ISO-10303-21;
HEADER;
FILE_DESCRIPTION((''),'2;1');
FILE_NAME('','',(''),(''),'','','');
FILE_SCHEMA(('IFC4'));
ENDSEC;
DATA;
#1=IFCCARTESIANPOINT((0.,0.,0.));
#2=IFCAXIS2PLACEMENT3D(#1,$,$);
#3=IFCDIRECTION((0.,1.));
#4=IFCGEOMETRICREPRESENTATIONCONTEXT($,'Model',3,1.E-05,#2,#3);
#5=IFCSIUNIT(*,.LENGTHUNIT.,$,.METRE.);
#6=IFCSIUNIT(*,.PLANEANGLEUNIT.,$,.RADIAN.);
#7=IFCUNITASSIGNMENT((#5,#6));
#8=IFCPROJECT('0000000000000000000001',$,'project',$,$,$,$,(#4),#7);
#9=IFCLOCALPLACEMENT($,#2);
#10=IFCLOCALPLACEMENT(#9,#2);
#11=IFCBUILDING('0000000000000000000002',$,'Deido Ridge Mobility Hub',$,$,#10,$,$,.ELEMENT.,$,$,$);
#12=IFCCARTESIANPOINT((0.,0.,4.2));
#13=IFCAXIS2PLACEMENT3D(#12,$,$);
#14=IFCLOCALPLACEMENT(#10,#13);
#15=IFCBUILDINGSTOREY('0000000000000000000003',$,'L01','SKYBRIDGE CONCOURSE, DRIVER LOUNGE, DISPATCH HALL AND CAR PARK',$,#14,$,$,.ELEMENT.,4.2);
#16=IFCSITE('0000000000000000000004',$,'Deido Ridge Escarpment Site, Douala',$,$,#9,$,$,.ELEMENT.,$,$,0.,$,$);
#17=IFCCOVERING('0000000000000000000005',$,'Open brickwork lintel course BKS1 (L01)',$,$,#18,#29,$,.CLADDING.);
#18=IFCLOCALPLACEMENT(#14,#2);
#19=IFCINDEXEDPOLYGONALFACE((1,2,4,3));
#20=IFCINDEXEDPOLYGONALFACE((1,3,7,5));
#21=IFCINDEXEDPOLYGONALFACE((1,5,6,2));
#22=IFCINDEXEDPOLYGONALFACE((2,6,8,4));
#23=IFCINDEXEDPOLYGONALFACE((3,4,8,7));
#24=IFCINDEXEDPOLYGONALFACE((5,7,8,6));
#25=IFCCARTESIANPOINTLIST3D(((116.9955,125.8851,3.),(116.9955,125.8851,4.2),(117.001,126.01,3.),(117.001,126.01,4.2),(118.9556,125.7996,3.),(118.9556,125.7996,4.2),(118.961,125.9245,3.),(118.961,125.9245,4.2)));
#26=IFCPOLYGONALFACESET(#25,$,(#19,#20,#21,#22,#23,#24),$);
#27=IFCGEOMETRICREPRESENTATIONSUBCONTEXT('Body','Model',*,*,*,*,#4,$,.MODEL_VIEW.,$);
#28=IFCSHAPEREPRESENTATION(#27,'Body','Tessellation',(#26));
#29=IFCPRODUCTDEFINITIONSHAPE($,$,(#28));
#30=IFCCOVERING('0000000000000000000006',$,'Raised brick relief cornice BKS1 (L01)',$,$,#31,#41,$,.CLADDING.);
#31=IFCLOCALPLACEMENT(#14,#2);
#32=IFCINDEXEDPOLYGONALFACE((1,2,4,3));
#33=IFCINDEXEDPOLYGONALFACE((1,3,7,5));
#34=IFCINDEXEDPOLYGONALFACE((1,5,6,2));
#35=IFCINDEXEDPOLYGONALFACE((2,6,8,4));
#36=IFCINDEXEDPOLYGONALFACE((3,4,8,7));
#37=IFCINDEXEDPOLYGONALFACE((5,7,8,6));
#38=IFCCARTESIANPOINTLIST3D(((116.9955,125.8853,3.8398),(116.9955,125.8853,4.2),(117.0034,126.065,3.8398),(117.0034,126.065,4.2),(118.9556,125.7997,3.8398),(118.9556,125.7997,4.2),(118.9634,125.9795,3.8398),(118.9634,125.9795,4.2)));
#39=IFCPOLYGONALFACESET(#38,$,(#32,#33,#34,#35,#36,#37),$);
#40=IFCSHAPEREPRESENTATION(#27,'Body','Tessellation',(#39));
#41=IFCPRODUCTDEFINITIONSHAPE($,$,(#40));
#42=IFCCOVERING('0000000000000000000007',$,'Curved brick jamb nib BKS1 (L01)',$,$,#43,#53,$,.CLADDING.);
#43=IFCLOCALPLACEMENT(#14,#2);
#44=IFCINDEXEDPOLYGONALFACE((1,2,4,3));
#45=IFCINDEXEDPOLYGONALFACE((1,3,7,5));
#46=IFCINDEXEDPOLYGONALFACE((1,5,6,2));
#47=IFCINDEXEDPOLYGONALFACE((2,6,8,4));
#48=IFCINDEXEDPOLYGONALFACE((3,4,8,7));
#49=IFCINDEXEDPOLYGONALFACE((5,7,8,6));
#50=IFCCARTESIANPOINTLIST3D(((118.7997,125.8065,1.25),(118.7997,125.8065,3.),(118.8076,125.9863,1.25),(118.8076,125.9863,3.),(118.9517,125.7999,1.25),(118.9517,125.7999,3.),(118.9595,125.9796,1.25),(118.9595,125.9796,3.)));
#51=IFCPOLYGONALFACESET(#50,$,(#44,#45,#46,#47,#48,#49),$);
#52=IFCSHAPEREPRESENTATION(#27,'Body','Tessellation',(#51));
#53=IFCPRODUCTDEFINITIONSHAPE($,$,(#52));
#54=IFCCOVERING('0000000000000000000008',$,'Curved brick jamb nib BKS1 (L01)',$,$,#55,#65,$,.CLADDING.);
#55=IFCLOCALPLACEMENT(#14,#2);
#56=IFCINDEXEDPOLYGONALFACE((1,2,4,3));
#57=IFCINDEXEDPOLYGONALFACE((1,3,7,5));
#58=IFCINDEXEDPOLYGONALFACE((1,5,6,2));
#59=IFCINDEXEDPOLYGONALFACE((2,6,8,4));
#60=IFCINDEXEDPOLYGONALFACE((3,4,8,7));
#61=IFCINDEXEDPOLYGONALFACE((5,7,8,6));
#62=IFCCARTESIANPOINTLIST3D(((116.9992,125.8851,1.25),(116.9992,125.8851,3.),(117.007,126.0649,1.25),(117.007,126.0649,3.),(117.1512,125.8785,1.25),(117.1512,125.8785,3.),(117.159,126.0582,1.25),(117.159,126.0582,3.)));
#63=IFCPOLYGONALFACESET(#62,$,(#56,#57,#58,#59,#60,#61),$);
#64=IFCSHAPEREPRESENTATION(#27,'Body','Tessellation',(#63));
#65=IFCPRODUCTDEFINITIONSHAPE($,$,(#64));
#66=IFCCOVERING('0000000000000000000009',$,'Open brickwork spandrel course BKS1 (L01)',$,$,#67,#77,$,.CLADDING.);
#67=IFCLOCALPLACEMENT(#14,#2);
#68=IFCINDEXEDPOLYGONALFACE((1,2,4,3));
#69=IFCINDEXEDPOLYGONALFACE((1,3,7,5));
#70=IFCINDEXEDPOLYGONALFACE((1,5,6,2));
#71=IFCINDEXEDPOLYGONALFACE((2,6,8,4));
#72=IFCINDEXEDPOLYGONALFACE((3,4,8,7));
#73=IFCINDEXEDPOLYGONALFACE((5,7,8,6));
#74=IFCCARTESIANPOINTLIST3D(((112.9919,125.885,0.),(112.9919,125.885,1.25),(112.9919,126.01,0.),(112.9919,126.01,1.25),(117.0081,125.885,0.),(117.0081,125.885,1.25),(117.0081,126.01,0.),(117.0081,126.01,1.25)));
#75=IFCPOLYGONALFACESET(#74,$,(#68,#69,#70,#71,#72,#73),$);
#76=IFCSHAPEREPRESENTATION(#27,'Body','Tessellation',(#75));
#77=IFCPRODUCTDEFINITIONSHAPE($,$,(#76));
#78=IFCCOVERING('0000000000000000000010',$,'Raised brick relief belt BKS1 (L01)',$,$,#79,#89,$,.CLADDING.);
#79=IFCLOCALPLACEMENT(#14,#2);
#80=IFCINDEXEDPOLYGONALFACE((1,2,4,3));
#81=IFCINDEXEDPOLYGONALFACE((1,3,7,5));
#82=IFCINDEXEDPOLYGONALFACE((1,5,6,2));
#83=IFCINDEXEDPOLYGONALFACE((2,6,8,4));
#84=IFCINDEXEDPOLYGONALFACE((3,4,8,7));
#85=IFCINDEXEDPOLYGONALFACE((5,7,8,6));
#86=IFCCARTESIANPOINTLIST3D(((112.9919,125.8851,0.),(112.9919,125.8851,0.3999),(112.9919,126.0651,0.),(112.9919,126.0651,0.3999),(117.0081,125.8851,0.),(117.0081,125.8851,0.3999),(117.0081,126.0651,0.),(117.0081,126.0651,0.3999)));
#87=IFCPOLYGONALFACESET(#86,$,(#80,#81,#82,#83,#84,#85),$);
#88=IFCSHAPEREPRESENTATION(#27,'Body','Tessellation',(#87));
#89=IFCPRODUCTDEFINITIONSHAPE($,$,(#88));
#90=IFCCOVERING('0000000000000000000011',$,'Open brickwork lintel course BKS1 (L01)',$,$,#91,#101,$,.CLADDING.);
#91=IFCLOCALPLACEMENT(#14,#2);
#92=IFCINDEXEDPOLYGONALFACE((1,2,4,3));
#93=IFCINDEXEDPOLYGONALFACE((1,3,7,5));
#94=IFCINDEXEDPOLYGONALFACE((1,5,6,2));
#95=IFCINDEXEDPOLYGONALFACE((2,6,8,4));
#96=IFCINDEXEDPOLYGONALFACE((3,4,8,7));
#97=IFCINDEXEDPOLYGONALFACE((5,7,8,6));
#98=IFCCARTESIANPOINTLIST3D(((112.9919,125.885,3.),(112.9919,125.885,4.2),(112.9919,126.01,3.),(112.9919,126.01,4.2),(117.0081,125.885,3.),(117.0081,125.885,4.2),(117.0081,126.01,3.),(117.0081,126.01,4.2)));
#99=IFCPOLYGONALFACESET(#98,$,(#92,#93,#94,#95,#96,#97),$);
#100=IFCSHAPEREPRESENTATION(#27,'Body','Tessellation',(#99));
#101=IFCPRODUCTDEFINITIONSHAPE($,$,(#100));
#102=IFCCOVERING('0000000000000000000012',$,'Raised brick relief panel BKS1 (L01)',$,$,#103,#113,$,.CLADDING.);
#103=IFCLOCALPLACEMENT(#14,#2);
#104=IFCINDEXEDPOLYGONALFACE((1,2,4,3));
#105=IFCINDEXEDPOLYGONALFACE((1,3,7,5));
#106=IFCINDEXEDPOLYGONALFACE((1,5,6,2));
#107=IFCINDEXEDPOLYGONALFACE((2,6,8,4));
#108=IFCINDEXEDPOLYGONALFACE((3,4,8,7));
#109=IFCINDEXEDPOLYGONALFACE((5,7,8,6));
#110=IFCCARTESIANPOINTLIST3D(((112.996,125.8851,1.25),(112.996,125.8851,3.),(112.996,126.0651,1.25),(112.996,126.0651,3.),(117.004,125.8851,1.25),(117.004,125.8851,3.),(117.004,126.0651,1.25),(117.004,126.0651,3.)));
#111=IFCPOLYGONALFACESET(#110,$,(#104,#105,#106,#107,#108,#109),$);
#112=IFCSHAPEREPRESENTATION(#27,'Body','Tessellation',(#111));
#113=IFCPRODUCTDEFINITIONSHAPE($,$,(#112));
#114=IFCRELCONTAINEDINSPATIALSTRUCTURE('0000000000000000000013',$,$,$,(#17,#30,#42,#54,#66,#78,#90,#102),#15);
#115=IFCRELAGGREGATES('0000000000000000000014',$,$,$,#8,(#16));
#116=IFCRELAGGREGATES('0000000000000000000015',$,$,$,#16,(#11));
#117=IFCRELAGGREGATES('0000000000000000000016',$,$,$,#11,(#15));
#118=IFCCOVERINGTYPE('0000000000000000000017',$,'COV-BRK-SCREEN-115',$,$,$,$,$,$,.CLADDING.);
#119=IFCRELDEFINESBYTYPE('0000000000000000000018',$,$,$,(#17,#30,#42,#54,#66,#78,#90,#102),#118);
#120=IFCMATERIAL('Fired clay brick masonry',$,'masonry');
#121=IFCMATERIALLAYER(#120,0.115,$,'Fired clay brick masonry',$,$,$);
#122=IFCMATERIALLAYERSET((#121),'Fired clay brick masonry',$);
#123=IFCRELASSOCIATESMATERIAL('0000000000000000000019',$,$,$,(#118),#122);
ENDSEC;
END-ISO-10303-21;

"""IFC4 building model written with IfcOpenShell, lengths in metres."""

from ifc_helpers import new_model, si_unit, direction, frame, origin, origin_2d, place, context, subcontext, project, spatial, rectangle, extrude, material, layer, layer_set, type_object, element, save


model = new_model("IFC4")

# Units and contexts
model_context = context("Model", 3, precision=1e-05, world=origin(), true_north=direction((0.0, 1.0)))
body_context = subcontext(model_context, "Body", "Model", "MODEL_VIEW")
ifc_project = project(units=[si_unit("LENGTHUNIT", "METRE"), si_unit("PLANEANGLEUNIT", "RADIAN")], contexts=[model_context])

# Site, building, storey
site_placement = place(None, origin())
site = spatial("IfcSite", under=ifc_project, at=site_placement, Name="Deido Ridge Escarpment Site, Douala", CompositionType="ELEMENT", RefElevation=0.0)
building_placement = place(site_placement, origin())
building = spatial("IfcBuilding", under=site, at=building_placement, Name="Deido Ridge Mobility Hub", CompositionType="ELEMENT")
storey_placement = place(building_placement, frame((0.0, 0.0, 4.2)))
storey = spatial("IfcBuildingStorey", under=building, at=storey_placement, Name="L01", Description="SKYBRIDGE CONCOURSE, DRIVER LOUNGE, DISPATCH HALL AND CAR PARK", CompositionType="ELEMENT", Elevation=4.2)

# Coverings
ifc_material_1 = material(Name="Fired clay brick masonry", Category="masonry")
ifc_layer = layer(ifc_material_1, 0.115, Name="Fired clay brick masonry")
ifc_layer_set = layer_set([ifc_layer], Name="Fired clay brick masonry")
covering_type = type_object("IfcCoveringType", Name="COV-BRK-SCREEN-115", PredefinedType="CLADDING", material=ifc_layer_set)
covering_1_placement = place(storey_placement, frame((117.9783, 125.9048, 3.0), z_axis=(0.0, 0.0, 1.0), x_axis=(-0.999049, 0.043602, 0.0)))
element("IfcCovering", 1, at=covering_1_placement, inside=storey, type_object=covering_type, Name="Open brickwork lintel course BKS1 (L01)", PredefinedType="CLADDING", context=body_context, shape_type="SweptSolid", body=[
    extrude(rectangle(XDim=1.9619, YDim=0.125, at=origin_2d()), origin(), (0.0, 0.0, 1.0), 1.2),
])
covering_2_placement = place(storey_placement, frame((117.9795, 125.9324, 3.8398), z_axis=(0.0, 0.0, 1.0), x_axis=(-0.999049, 0.043602, 0.0)))
element("IfcCovering", 2, at=covering_2_placement, inside=storey, type_object=covering_type, Name="Raised brick relief cornice BKS1 (L01)", PredefinedType="CLADDING", context=body_context, shape_type="SweptSolid", body=[
    extrude(rectangle(XDim=1.9619, YDim=0.1799, at=origin_2d()), origin(), (0.0, 0.0, 1.0), 0.3601),
])
for number, where, z_axis, x_axis, name in (
    (3, (118.8796, 125.8931, 1.25), (0.0, 0.0, 1.0), (-0.999049, 0.043602, 0.0), "Curved brick jamb nib BKS1 (L01)"),
    (4, (117.0791, 125.9717, 1.25), (0.0, 0.0, 1.0), (-0.999049, 0.043602, 0.0), "Curved brick jamb nib BKS1 (L01)"),
):
    element("IfcCovering", number, at=place(storey_placement, frame(where, z_axis=z_axis, x_axis=x_axis)), inside=storey, type_object=covering_type, Name=name, PredefinedType="CLADDING", context=body_context, shape_type="SweptSolid", body=[
        extrude(rectangle(XDim=0.1521, YDim=0.1799, at=origin_2d()), origin(), (0.0, 0.0, 1.0), 1.75),
    ])
covering_3_placement = place(storey_placement, frame((115.0, 125.9475, 0.0), z_axis=(0.0, 0.0, 1.0), x_axis=(-1.0, 0.0, 0.0)))
element("IfcCovering", 5, at=covering_3_placement, inside=storey, type_object=covering_type, Name="Open brickwork spandrel course BKS1 (L01)", PredefinedType="CLADDING", context=body_context, shape_type="SweptSolid", body=[
    extrude(rectangle(XDim=4.0161, YDim=0.125, at=origin_2d()), origin(), (0.0, 0.0, 1.0), 1.25),
])
covering_4_placement = place(storey_placement, frame((115.0, 125.9751, 0.0), z_axis=(0.0, 0.0, 1.0), x_axis=(-1.0, 0.0, 0.0)))
element("IfcCovering", 6, at=covering_4_placement, inside=storey, type_object=covering_type, Name="Raised brick relief belt BKS1 (L01)", PredefinedType="CLADDING", context=body_context, shape_type="SweptSolid", body=[
    extrude(rectangle(XDim=4.0161, YDim=0.1799, at=origin_2d()), origin(), (0.0, 0.0, 1.0), 0.3999),
])
covering_5_placement = place(storey_placement, frame((115.0, 125.9475, 3.0), z_axis=(0.0, 0.0, 1.0), x_axis=(-1.0, 0.0, 0.0)))
element("IfcCovering", 7, at=covering_5_placement, inside=storey, type_object=covering_type, Name="Open brickwork lintel course BKS1 (L01)", PredefinedType="CLADDING", context=body_context, shape_type="SweptSolid", body=[
    extrude(rectangle(XDim=4.0161, YDim=0.125, at=origin_2d()), origin(), (0.0, 0.0, 1.0), 1.2),
])
covering_6_placement = place(storey_placement, frame((115.0, 125.9751, 1.25), z_axis=(0.0, 0.0, 1.0), x_axis=(-1.0, 0.0, 0.0)))
element("IfcCovering", 8, at=covering_6_placement, inside=storey, type_object=covering_type, Name="Raised brick relief panel BKS1 (L01)", PredefinedType="CLADDING", context=body_context, shape_type="SweptSolid", body=[
    extrude(rectangle(XDim=4.0081, YDim=0.1799, at=origin_2d()), origin(), (0.0, 0.0, 1.0), 1.75),
])

save(model, "model.ifc")
